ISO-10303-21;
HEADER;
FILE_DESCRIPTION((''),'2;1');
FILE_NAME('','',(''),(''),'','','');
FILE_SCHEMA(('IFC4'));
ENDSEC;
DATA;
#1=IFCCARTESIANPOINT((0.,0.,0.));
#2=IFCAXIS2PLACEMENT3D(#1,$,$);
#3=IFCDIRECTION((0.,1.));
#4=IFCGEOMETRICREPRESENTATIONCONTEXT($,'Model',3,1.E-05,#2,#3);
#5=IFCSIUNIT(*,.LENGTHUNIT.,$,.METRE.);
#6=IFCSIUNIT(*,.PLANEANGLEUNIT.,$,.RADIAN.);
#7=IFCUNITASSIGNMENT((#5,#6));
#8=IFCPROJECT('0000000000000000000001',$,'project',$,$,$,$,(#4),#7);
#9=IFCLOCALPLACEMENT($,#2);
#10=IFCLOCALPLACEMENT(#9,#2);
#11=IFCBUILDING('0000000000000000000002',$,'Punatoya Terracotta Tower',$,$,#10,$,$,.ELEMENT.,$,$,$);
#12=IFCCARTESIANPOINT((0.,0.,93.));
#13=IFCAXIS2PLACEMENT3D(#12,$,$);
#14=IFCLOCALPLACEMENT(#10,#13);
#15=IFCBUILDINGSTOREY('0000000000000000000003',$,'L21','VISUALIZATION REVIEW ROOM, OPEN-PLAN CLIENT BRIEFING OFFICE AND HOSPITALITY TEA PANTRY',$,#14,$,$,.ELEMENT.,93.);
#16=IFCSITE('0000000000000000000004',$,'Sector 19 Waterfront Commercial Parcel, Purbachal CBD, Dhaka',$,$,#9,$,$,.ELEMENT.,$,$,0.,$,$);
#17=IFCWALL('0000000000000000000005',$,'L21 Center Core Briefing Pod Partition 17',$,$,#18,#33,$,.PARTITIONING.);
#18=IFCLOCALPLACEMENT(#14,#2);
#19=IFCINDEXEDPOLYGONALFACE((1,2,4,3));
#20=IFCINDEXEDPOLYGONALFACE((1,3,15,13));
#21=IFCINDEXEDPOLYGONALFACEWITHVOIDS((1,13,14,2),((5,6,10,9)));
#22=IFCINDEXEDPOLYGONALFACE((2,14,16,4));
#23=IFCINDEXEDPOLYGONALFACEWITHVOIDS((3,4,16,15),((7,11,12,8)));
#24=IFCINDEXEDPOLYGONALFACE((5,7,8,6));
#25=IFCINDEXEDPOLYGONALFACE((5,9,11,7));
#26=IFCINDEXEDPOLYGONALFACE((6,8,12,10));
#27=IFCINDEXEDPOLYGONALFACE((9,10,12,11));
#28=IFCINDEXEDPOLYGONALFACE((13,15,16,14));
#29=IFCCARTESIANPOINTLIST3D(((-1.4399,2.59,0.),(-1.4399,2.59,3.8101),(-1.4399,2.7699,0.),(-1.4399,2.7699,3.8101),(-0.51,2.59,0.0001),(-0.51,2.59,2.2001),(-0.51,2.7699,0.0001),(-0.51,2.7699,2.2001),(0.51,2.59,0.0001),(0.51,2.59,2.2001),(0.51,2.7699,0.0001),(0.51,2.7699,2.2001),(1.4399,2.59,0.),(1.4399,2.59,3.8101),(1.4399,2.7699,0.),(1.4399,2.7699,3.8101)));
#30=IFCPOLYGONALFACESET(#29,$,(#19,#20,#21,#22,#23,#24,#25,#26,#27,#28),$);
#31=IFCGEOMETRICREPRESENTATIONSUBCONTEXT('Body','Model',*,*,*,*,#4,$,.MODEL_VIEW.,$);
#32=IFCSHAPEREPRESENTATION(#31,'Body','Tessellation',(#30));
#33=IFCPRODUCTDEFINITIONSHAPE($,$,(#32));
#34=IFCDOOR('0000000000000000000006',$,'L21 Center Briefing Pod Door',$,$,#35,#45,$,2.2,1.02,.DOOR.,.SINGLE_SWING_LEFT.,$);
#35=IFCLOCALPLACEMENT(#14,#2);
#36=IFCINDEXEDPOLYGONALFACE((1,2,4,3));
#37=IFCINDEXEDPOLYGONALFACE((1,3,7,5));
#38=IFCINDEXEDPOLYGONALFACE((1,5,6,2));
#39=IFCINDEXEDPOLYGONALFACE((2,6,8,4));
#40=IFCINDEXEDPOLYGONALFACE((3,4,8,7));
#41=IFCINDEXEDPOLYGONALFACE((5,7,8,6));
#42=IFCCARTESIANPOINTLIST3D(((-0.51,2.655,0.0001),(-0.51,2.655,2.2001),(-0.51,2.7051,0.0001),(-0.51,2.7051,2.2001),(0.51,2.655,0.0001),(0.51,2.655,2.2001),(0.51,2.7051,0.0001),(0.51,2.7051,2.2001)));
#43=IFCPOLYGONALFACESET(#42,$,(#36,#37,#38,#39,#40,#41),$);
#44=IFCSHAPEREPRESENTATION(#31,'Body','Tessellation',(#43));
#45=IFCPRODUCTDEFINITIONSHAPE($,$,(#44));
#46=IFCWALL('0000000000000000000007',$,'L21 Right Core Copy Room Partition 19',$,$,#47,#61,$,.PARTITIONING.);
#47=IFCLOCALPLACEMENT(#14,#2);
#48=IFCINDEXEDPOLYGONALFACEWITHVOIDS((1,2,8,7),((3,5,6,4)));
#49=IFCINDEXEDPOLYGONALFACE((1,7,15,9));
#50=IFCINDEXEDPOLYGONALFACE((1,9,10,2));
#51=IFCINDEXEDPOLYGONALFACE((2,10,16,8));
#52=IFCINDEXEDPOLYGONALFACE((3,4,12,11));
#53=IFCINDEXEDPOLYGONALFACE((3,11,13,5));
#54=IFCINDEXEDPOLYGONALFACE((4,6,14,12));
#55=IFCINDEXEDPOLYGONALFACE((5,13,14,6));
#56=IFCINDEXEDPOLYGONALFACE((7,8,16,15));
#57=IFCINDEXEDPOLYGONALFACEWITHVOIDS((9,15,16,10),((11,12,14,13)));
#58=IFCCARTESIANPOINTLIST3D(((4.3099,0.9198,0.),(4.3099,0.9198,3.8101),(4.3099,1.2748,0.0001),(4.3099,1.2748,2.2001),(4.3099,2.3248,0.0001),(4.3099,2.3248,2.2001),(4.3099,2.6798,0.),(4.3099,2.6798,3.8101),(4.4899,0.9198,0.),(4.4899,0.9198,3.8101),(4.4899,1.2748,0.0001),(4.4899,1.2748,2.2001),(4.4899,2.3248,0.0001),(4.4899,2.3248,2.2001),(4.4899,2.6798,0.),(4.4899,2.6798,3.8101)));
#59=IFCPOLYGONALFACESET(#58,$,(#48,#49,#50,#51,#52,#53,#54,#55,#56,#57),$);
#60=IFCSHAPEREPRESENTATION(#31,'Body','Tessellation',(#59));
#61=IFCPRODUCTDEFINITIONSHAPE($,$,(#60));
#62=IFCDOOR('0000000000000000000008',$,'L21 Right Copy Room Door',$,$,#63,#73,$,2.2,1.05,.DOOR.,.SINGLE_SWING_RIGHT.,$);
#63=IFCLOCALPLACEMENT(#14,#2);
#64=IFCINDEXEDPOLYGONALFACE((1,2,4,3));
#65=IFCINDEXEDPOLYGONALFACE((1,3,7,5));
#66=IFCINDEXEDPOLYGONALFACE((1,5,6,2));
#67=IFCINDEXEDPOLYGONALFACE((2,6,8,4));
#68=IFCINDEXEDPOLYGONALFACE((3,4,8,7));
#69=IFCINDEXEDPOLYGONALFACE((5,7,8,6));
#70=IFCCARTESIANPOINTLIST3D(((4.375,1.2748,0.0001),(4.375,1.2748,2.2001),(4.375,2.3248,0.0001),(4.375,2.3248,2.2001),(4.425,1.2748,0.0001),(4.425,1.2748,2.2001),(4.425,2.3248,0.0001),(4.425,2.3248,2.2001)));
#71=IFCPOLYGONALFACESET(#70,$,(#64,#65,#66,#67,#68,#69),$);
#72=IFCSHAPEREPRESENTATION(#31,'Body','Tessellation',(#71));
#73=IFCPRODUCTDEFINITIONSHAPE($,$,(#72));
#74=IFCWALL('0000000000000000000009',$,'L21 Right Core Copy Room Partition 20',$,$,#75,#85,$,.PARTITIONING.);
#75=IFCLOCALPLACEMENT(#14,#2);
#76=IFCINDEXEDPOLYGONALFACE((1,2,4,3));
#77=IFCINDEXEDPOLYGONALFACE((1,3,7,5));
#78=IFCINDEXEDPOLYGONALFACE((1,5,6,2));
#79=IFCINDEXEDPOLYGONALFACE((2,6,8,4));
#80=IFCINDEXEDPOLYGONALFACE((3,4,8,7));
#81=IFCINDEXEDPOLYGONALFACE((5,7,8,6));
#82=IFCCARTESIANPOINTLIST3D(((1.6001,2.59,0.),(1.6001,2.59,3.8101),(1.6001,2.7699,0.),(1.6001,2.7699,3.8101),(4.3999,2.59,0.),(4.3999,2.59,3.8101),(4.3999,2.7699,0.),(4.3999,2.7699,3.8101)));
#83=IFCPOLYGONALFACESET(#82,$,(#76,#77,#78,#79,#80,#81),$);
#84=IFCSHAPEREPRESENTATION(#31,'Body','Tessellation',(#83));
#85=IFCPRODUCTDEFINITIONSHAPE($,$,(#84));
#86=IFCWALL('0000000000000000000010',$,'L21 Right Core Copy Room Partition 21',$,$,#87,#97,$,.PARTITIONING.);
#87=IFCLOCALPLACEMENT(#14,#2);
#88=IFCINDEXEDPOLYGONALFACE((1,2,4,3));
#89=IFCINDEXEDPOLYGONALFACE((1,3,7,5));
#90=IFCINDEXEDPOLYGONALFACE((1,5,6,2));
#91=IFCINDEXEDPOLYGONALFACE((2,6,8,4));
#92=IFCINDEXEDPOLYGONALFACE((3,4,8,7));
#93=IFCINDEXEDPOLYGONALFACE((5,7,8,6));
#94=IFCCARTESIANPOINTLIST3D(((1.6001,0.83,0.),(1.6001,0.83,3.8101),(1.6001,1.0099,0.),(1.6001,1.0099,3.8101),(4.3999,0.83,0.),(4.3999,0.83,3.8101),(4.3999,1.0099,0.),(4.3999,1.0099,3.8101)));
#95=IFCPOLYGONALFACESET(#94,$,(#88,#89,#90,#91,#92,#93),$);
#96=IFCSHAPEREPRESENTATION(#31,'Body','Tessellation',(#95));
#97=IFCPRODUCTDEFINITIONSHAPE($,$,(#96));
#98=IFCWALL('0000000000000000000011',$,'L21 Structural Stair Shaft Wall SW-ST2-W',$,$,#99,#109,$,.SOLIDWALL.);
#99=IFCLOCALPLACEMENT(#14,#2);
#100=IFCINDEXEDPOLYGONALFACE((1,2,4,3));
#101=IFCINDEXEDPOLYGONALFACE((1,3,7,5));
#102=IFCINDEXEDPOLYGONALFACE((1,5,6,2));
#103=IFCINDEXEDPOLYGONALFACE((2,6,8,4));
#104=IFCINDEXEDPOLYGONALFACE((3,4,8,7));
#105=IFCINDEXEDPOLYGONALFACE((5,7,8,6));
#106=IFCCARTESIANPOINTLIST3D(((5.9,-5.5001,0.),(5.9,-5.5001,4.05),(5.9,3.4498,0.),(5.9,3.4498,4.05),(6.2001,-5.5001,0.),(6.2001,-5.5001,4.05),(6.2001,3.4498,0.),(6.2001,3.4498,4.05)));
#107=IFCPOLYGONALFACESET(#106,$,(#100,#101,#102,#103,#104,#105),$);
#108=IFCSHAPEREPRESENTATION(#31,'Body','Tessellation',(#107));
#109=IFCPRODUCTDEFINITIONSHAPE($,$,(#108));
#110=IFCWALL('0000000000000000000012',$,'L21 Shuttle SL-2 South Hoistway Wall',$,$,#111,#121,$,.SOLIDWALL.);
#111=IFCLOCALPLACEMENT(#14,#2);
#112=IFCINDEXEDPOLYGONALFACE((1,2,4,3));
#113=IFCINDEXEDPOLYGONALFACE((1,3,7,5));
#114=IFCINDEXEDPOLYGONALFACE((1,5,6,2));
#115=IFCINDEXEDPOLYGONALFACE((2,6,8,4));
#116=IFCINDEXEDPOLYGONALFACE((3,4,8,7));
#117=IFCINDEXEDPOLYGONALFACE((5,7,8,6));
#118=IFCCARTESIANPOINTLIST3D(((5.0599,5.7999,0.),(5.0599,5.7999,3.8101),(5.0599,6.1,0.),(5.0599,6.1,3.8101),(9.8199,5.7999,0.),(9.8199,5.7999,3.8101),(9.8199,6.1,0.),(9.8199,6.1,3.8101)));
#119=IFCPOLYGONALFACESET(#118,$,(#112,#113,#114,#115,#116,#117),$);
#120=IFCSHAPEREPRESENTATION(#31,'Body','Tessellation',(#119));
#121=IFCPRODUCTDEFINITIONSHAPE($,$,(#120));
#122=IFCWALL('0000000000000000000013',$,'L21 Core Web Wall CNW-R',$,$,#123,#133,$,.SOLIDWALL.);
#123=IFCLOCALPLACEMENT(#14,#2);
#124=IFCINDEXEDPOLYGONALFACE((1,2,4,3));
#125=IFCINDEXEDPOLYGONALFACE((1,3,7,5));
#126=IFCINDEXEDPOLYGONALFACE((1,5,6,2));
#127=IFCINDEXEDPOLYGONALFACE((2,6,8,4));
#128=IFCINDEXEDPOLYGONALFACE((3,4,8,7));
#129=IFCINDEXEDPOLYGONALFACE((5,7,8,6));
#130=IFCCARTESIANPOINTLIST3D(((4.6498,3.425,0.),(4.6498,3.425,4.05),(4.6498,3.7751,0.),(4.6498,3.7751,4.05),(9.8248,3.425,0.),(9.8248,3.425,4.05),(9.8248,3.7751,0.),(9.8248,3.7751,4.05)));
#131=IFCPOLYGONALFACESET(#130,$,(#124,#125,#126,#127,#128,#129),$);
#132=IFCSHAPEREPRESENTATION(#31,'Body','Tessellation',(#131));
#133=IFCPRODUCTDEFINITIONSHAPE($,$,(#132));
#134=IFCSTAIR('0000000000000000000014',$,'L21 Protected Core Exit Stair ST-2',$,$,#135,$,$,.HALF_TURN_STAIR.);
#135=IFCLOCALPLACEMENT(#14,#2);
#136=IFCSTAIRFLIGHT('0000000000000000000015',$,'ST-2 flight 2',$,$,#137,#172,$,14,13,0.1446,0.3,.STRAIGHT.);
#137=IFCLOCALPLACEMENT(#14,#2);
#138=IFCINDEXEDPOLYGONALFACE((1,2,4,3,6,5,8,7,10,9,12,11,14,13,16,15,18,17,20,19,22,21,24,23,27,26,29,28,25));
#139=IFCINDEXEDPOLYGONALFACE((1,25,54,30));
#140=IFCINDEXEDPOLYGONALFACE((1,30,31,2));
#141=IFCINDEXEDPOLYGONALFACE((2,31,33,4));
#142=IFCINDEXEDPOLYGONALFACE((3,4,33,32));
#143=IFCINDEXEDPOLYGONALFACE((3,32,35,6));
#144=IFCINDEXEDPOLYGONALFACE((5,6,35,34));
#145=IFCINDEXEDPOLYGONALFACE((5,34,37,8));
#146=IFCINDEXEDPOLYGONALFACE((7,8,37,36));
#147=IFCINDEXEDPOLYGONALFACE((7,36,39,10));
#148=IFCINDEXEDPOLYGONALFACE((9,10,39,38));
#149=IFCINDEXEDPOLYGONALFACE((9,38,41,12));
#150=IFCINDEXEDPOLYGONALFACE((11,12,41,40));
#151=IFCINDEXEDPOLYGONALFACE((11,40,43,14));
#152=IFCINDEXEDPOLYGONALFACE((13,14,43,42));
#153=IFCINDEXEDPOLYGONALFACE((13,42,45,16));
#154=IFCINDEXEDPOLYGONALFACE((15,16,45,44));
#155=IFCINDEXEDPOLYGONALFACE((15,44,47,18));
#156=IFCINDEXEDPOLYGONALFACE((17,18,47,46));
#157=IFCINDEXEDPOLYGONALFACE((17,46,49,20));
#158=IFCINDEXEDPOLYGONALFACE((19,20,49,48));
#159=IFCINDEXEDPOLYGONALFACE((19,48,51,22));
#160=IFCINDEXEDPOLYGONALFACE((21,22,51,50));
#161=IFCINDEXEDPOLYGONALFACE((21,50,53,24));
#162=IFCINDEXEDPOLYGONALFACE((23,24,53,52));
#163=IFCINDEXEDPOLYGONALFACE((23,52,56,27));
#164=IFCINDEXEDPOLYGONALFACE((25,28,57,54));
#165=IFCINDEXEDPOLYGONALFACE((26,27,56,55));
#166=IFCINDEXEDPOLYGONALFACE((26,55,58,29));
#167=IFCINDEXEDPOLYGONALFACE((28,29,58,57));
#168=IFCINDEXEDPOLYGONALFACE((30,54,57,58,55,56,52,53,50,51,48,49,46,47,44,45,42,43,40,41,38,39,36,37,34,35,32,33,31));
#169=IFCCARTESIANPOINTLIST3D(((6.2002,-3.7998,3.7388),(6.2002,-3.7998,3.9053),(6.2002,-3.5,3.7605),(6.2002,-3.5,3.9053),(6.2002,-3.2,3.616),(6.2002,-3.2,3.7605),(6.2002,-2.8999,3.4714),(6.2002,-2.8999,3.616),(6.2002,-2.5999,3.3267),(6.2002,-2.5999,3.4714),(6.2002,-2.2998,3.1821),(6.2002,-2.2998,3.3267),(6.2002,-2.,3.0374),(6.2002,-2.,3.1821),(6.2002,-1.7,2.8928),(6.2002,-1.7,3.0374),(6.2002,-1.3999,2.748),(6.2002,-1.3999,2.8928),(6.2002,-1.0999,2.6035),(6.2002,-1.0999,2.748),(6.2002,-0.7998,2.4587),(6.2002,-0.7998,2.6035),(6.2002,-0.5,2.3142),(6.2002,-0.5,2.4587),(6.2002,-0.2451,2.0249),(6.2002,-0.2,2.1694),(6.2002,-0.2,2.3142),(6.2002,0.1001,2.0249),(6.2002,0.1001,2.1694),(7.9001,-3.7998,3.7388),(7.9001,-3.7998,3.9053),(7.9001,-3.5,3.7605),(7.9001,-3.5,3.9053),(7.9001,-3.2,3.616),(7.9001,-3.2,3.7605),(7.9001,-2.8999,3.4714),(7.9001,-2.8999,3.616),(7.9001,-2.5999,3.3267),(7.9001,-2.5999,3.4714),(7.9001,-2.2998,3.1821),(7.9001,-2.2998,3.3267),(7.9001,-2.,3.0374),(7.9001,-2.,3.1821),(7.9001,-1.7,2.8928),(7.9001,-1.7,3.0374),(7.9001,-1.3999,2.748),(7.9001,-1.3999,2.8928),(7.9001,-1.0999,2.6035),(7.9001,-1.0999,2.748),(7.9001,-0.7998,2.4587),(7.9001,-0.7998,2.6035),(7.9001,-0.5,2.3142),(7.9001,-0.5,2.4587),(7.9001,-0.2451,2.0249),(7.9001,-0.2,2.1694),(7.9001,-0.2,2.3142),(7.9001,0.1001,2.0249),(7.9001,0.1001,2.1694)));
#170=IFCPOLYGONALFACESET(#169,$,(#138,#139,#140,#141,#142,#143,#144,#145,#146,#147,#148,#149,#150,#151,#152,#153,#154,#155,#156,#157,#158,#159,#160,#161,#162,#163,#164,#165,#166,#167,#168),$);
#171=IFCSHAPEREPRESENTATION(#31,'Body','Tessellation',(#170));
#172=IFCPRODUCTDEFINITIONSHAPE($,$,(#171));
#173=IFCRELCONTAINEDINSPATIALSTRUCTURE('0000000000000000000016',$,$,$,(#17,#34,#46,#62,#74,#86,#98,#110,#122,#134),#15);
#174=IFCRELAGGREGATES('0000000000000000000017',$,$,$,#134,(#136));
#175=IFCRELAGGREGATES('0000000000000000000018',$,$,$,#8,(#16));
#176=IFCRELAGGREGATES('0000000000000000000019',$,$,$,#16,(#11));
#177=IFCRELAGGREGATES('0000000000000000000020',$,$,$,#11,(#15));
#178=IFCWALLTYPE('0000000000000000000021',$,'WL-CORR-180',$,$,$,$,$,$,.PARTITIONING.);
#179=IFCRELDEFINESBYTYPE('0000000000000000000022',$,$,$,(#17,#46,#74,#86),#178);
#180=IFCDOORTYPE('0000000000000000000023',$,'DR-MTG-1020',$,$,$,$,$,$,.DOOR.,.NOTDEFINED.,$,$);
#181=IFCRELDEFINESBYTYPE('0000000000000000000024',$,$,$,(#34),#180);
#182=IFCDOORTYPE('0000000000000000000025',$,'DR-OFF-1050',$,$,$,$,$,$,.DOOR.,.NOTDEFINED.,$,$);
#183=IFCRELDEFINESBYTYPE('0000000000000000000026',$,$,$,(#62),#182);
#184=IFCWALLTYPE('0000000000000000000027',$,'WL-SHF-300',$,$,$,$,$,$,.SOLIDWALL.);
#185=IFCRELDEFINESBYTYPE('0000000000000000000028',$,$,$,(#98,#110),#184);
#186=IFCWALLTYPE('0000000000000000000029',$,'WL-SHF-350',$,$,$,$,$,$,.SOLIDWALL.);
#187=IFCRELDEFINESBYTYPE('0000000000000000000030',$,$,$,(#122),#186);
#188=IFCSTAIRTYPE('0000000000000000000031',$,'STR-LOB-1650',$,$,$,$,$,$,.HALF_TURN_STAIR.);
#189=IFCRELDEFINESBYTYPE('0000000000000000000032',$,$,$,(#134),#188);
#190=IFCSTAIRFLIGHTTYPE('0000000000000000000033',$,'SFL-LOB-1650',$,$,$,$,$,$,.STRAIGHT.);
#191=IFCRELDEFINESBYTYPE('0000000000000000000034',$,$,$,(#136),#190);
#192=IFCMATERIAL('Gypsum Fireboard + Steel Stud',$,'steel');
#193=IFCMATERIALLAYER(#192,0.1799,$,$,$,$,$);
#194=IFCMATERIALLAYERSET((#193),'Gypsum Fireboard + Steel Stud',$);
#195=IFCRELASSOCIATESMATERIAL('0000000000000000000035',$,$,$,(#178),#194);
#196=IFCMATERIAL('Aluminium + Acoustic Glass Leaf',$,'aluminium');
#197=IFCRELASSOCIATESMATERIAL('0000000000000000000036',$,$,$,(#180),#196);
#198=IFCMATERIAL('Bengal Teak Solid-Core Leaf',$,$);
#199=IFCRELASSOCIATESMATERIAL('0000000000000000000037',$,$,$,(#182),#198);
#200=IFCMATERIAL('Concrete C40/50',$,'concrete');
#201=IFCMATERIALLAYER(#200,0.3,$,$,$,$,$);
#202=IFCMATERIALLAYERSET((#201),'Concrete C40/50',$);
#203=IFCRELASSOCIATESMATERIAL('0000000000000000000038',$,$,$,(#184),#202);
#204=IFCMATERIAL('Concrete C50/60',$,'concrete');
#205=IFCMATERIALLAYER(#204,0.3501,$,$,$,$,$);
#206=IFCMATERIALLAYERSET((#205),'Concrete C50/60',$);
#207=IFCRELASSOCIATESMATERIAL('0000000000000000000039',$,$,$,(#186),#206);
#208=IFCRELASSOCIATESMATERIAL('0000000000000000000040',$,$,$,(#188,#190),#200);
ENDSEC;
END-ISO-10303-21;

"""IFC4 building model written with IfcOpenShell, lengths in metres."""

from ifc_helpers import new_model, si_unit, direction, frame, frame_2d, origin, place, context, subcontext, project, spatial, polyline, rectangle, outline, extrude, material, layer, layer_set, type_object, element, fill, aggregate, save


model = new_model("IFC4")

# Units and contexts
model_context = context("Model", 3, precision=1e-05, world=origin(), true_north=direction((0.0, 1.0)))
body_context = subcontext(model_context, "Body", "Model", "MODEL_VIEW")
ifc_project = project(units=[si_unit("LENGTHUNIT", "METRE"), si_unit("PLANEANGLEUNIT", "RADIAN")], contexts=[model_context])

# Site, building, storey
site_placement = place(None, origin())
site = spatial("IfcSite", under=ifc_project, at=site_placement, Name="Sector 19 Waterfront Commercial Parcel, Purbachal CBD, Dhaka", CompositionType="ELEMENT", RefElevation=0.0)
building_placement = place(site_placement, origin())
building = spatial("IfcBuilding", under=site, at=building_placement, Name="Punatoya Terracotta Tower", CompositionType="ELEMENT")
storey_placement = place(building_placement, frame((0.0, 0.0, 93.0)))
storey = spatial("IfcBuildingStorey", under=building, at=storey_placement, Name="L21", Description="VISUALIZATION REVIEW ROOM, OPEN-PLAN CLIENT BRIEFING OFFICE AND HOSPITALITY TEA PANTRY", CompositionType="ELEMENT", Elevation=93.0)

# Shared definitions
ifc_material_1 = material(Name="Gypsum Fireboard + Steel Stud", Category="steel")
ifc_layer_1 = layer(ifc_material_1, 0.1799)
ifc_layer_set_1 = layer_set([ifc_layer_1], Name="Gypsum Fireboard + Steel Stud")
wall_type_1 = type_object("IfcWallType", Name="WL-CORR-180", PredefinedType="PARTITIONING", material=ifc_layer_set_1)

# Walls, openings, doors
wall_1_placement = place(storey_placement, frame((1.4399, 2.6799, 0.0), z_axis=(0.0, 0.0, 1.0), x_axis=(-1.0, 0.0, 0.0)))
wall_1 = element("IfcWall", 1, at=wall_1_placement, inside=storey, type_object=wall_type_1, Name="L21 Center Core Briefing Pod Partition 17", PredefinedType="PARTITIONING", context=body_context, shape_type="SweptSolid", body=[
    extrude(rectangle(XDim=2.8799, YDim=0.1799, at=frame_2d((1.4399, 0.0))), origin(), (0.0, 0.0, 1.0), 3.8101),
])
opening_1_placement = place(wall_1_placement, frame((0.9299, 0.0, 0.0)))
opening_1 = element("IfcOpeningElement", 2, at=opening_1_placement, cuts=wall_1, PredefinedType="OPENING", context=body_context, shape_type="SweptSolid", body=[
    extrude(rectangle(XDim=1.02, YDim=2.2, at=frame_2d((0.51, 1.1001))), frame((0.0, 0.0999, 0.0), z_axis=(0.0, -1.0, 0.0), x_axis=(1.0, 0.0, 0.0)), (0.0, 0.0, 1.0), 0.2),
])
ifc_material_2 = material(Name="Aluminium + Acoustic Glass Leaf", Category="aluminium")
door_type_1 = type_object("IfcDoorType", Name="DR-MTG-1020", OperationType="NOTDEFINED", PredefinedType="DOOR", material=ifc_material_2)
door_1_placement = place(opening_1_placement, origin())
door_1 = element("IfcDoor", 3, at=door_1_placement, inside=storey, type_object=door_type_1, Name="L21 Center Briefing Pod Door", OperationType="SINGLE_SWING_LEFT", OverallHeight=2.2, OverallWidth=1.02, PredefinedType="DOOR", context=body_context, shape_type="SweptSolid", body=[
    extrude(rectangle(XDim=1.02, YDim=2.2, at=frame_2d((0.51, 1.1001))), frame((0.0, 0.0249, 0.0), z_axis=(0.0, -1.0, 0.0), x_axis=(1.0, 0.0, 0.0)), (0.0, 0.0, 1.0), 0.05),
])
fill(opening_1, door_1)
wall_2_placement = place(storey_placement, frame((4.3999, 0.9199, 0.0), z_axis=(0.0, 0.0, 1.0), x_axis=(0.0, 1.0, 0.0)))
wall_2 = element("IfcWall", 4, at=wall_2_placement, inside=storey, type_object=wall_type_1, Name="L21 Right Core Copy Room Partition 19", PredefinedType="PARTITIONING", context=body_context, shape_type="SweptSolid", body=[
    extrude(rectangle(XDim=1.76, YDim=0.1799, at=frame_2d((0.8799, 0.0))), origin(), (0.0, 0.0, 1.0), 3.8101),
])
opening_2_placement = place(wall_2_placement, frame((0.355, 0.0, 0.0)))
opening_2 = element("IfcOpeningElement", 5, at=opening_2_placement, cuts=wall_2, PredefinedType="OPENING", context=body_context, shape_type="SweptSolid", body=[
    extrude(rectangle(XDim=1.05, YDim=2.2, at=frame_2d((0.5249, 1.1001))), frame((0.0, 0.0999, 0.0), z_axis=(0.0, -1.0, 0.0), x_axis=(1.0, 0.0, 0.0)), (0.0, 0.0, 1.0), 0.2),
])
ifc_material_3 = material(Name="Bengal Teak Solid-Core Leaf")
door_type_2 = type_object("IfcDoorType", Name="DR-OFF-1050", OperationType="NOTDEFINED", PredefinedType="DOOR", material=ifc_material_3)
door_2_placement = place(opening_2_placement, origin())
door_2 = element("IfcDoor", 6, at=door_2_placement, inside=storey, type_object=door_type_2, Name="L21 Right Copy Room Door", OperationType="SINGLE_SWING_RIGHT", OverallHeight=2.2, OverallWidth=1.05, PredefinedType="DOOR", context=body_context, shape_type="SweptSolid", body=[
    extrude(rectangle(XDim=1.05, YDim=2.2, at=frame_2d((0.5249, 1.1001))), frame((0.0, 0.0249, 0.0), z_axis=(0.0, -1.0, 0.0), x_axis=(1.0, 0.0, 0.0)), (0.0, 0.0, 1.0), 0.05),
])
fill(opening_2, door_2)

# Walls
for number, where, z_axis, x_axis, name in (
    (7, (4.3999, 2.6799, 0.0), (0.0, 0.0, 1.0), (-1.0, 0.0, 0.0), "L21 Right Core Copy Room Partition 20"),
    (8, (1.6001, 0.9199, 0.0), (0.0, 0.0, 1.0), (1.0, 0.0, 0.0), "L21 Right Core Copy Room Partition 21"),
):
    element("IfcWall", number, at=place(storey_placement, frame(where, z_axis=z_axis, x_axis=x_axis)), inside=storey, type_object=wall_type_1, Name=name, PredefinedType="PARTITIONING", context=body_context, shape_type="SweptSolid", body=[
        extrude(rectangle(XDim=2.7998, YDim=0.1799, at=frame_2d((1.3999, 0.0))), origin(), (0.0, 0.0, 1.0), 3.8101),
    ])
ifc_material_4 = material(Name="Concrete C40/50", Category="concrete")
ifc_layer_2 = layer(ifc_material_4, 0.3)
ifc_layer_set_2 = layer_set([ifc_layer_2], Name="Concrete C40/50")
wall_type_2 = type_object("IfcWallType", Name="WL-SHF-300", PredefinedType="SOLIDWALL", material=ifc_layer_set_2)
wall_3_placement = place(storey_placement, frame((6.05, 3.45, 0.0), z_axis=(0.0, 0.0, 1.0), x_axis=(0.0, -1.0, 0.0)))
element("IfcWall", 9, at=wall_3_placement, inside=storey, type_object=wall_type_2, Name="L21 Structural Stair Shaft Wall SW-ST2-W", PredefinedType="SOLIDWALL", context=body_context, shape_type="SweptSolid", body=[
    extrude(rectangle(XDim=8.95, YDim=0.3, at=frame_2d((4.4751, 0.0))), origin(), (0.0, 0.0, 1.0), 4.05),
])
wall_4_placement = place(storey_placement, frame((5.0601, 5.95, 0.0), z_axis=(0.0, 0.0, 1.0), x_axis=(1.0, 0.0, 0.0)))
element("IfcWall", 10, at=wall_4_placement, inside=storey, type_object=wall_type_2, Name="L21 Shuttle SL-2 South Hoistway Wall", PredefinedType="SOLIDWALL", context=body_context, shape_type="SweptSolid", body=[
    extrude(rectangle(XDim=4.76, YDim=0.3, at=frame_2d((2.3799, 0.0))), origin(), (0.0, 0.0, 1.0), 3.8101),
])
ifc_material_5 = material(Name="Concrete C50/60", Category="concrete")
ifc_layer_3 = layer(ifc_material_5, 0.3501)
ifc_layer_set_3 = layer_set([ifc_layer_3], Name="Concrete C50/60")
wall_type_3 = type_object("IfcWallType", Name="WL-SHF-350", PredefinedType="SOLIDWALL", material=ifc_layer_set_3)
wall_5_placement = place(storey_placement, frame((4.6499, 3.6001, 0.0), z_axis=(0.0, 0.0, 1.0), x_axis=(1.0, 0.0, 0.0)))
element("IfcWall", 11, at=wall_5_placement, inside=storey, type_object=wall_type_3, Name="L21 Core Web Wall CNW-R", PredefinedType="SOLIDWALL", context=body_context, shape_type="SweptSolid", body=[
    extrude(rectangle(XDim=5.175, YDim=0.3501, at=frame_2d((2.5874, 0.0))), origin(), (0.0, 0.0, 1.0), 4.05),
])

# Stair, stair flight
stair_type_1 = type_object("IfcStairType", Name="STR-LOB-1650", PredefinedType="HALF_TURN_STAIR", material=ifc_material_4)
stair_1_placement = place(storey_placement, origin())
stair_1 = element("IfcStair", 12, at=stair_1_placement, inside=storey, type_object=stair_type_1, Name="L21 Protected Core Exit Stair ST-2", PredefinedType="HALF_TURN_STAIR")
stair_flight_type_1 = type_object("IfcStairFlightType", Name="SFL-LOB-1650", PredefinedType="STRAIGHT", material=ifc_material_4)
stair_flight_1_placement = place(storey_placement, frame((7.05, 0.1001, 2.0249), z_axis=(0.0, 0.0, 1.0), x_axis=(0.0, -1.0, 0.0)))
stair_flight_1 = element("IfcStairFlight", 13, at=stair_flight_1_placement, type_object=stair_flight_type_1, Name="ST-2 flight 2", NumberOfRisers=14, NumberOfTreads=13, PredefinedType="STRAIGHT", RiserHeight=0.1446, TreadLength=0.3, context=body_context, shape_type="SweptSolid", body=[
    extrude(outline(polyline([(0.0, 0.0), (0.0, 0.1445), (0.3, 0.1445), (0.3, 0.2893), (0.6001, 0.2893), (0.6001, 0.4338), (0.8999, 0.4338), (0.8999, 0.5786), (1.2, 0.5786), (1.2, 0.7231), (1.5, 0.7231), (1.5, 0.8679), (1.8, 0.8679), (1.8, 1.0125), (2.1001, 1.0125), (2.1001, 1.1572), (2.3999, 1.1572), (2.3999, 1.3018), (2.7, 1.3018), (2.7, 1.4465), (3.0, 1.4465), (3.0, 1.5911), (3.3, 1.5911), (3.3, 1.7356), (3.6001, 1.7356), (3.6001, 1.8804), (3.8999, 1.8804), (3.8999, 2.0249), (3.8999, 1.7139), (0.3452, 0.0), (0.0, 0.0)])), frame((0.0, 0.8501, 0.0), z_axis=(0.0, -1.0, 0.0), x_axis=(1.0, 0.0, 0.0)), (0.0, 0.0, 1.0), 1.7),
])
aggregate(stair_1, [stair_flight_1])

save(model, "model.ifc")
